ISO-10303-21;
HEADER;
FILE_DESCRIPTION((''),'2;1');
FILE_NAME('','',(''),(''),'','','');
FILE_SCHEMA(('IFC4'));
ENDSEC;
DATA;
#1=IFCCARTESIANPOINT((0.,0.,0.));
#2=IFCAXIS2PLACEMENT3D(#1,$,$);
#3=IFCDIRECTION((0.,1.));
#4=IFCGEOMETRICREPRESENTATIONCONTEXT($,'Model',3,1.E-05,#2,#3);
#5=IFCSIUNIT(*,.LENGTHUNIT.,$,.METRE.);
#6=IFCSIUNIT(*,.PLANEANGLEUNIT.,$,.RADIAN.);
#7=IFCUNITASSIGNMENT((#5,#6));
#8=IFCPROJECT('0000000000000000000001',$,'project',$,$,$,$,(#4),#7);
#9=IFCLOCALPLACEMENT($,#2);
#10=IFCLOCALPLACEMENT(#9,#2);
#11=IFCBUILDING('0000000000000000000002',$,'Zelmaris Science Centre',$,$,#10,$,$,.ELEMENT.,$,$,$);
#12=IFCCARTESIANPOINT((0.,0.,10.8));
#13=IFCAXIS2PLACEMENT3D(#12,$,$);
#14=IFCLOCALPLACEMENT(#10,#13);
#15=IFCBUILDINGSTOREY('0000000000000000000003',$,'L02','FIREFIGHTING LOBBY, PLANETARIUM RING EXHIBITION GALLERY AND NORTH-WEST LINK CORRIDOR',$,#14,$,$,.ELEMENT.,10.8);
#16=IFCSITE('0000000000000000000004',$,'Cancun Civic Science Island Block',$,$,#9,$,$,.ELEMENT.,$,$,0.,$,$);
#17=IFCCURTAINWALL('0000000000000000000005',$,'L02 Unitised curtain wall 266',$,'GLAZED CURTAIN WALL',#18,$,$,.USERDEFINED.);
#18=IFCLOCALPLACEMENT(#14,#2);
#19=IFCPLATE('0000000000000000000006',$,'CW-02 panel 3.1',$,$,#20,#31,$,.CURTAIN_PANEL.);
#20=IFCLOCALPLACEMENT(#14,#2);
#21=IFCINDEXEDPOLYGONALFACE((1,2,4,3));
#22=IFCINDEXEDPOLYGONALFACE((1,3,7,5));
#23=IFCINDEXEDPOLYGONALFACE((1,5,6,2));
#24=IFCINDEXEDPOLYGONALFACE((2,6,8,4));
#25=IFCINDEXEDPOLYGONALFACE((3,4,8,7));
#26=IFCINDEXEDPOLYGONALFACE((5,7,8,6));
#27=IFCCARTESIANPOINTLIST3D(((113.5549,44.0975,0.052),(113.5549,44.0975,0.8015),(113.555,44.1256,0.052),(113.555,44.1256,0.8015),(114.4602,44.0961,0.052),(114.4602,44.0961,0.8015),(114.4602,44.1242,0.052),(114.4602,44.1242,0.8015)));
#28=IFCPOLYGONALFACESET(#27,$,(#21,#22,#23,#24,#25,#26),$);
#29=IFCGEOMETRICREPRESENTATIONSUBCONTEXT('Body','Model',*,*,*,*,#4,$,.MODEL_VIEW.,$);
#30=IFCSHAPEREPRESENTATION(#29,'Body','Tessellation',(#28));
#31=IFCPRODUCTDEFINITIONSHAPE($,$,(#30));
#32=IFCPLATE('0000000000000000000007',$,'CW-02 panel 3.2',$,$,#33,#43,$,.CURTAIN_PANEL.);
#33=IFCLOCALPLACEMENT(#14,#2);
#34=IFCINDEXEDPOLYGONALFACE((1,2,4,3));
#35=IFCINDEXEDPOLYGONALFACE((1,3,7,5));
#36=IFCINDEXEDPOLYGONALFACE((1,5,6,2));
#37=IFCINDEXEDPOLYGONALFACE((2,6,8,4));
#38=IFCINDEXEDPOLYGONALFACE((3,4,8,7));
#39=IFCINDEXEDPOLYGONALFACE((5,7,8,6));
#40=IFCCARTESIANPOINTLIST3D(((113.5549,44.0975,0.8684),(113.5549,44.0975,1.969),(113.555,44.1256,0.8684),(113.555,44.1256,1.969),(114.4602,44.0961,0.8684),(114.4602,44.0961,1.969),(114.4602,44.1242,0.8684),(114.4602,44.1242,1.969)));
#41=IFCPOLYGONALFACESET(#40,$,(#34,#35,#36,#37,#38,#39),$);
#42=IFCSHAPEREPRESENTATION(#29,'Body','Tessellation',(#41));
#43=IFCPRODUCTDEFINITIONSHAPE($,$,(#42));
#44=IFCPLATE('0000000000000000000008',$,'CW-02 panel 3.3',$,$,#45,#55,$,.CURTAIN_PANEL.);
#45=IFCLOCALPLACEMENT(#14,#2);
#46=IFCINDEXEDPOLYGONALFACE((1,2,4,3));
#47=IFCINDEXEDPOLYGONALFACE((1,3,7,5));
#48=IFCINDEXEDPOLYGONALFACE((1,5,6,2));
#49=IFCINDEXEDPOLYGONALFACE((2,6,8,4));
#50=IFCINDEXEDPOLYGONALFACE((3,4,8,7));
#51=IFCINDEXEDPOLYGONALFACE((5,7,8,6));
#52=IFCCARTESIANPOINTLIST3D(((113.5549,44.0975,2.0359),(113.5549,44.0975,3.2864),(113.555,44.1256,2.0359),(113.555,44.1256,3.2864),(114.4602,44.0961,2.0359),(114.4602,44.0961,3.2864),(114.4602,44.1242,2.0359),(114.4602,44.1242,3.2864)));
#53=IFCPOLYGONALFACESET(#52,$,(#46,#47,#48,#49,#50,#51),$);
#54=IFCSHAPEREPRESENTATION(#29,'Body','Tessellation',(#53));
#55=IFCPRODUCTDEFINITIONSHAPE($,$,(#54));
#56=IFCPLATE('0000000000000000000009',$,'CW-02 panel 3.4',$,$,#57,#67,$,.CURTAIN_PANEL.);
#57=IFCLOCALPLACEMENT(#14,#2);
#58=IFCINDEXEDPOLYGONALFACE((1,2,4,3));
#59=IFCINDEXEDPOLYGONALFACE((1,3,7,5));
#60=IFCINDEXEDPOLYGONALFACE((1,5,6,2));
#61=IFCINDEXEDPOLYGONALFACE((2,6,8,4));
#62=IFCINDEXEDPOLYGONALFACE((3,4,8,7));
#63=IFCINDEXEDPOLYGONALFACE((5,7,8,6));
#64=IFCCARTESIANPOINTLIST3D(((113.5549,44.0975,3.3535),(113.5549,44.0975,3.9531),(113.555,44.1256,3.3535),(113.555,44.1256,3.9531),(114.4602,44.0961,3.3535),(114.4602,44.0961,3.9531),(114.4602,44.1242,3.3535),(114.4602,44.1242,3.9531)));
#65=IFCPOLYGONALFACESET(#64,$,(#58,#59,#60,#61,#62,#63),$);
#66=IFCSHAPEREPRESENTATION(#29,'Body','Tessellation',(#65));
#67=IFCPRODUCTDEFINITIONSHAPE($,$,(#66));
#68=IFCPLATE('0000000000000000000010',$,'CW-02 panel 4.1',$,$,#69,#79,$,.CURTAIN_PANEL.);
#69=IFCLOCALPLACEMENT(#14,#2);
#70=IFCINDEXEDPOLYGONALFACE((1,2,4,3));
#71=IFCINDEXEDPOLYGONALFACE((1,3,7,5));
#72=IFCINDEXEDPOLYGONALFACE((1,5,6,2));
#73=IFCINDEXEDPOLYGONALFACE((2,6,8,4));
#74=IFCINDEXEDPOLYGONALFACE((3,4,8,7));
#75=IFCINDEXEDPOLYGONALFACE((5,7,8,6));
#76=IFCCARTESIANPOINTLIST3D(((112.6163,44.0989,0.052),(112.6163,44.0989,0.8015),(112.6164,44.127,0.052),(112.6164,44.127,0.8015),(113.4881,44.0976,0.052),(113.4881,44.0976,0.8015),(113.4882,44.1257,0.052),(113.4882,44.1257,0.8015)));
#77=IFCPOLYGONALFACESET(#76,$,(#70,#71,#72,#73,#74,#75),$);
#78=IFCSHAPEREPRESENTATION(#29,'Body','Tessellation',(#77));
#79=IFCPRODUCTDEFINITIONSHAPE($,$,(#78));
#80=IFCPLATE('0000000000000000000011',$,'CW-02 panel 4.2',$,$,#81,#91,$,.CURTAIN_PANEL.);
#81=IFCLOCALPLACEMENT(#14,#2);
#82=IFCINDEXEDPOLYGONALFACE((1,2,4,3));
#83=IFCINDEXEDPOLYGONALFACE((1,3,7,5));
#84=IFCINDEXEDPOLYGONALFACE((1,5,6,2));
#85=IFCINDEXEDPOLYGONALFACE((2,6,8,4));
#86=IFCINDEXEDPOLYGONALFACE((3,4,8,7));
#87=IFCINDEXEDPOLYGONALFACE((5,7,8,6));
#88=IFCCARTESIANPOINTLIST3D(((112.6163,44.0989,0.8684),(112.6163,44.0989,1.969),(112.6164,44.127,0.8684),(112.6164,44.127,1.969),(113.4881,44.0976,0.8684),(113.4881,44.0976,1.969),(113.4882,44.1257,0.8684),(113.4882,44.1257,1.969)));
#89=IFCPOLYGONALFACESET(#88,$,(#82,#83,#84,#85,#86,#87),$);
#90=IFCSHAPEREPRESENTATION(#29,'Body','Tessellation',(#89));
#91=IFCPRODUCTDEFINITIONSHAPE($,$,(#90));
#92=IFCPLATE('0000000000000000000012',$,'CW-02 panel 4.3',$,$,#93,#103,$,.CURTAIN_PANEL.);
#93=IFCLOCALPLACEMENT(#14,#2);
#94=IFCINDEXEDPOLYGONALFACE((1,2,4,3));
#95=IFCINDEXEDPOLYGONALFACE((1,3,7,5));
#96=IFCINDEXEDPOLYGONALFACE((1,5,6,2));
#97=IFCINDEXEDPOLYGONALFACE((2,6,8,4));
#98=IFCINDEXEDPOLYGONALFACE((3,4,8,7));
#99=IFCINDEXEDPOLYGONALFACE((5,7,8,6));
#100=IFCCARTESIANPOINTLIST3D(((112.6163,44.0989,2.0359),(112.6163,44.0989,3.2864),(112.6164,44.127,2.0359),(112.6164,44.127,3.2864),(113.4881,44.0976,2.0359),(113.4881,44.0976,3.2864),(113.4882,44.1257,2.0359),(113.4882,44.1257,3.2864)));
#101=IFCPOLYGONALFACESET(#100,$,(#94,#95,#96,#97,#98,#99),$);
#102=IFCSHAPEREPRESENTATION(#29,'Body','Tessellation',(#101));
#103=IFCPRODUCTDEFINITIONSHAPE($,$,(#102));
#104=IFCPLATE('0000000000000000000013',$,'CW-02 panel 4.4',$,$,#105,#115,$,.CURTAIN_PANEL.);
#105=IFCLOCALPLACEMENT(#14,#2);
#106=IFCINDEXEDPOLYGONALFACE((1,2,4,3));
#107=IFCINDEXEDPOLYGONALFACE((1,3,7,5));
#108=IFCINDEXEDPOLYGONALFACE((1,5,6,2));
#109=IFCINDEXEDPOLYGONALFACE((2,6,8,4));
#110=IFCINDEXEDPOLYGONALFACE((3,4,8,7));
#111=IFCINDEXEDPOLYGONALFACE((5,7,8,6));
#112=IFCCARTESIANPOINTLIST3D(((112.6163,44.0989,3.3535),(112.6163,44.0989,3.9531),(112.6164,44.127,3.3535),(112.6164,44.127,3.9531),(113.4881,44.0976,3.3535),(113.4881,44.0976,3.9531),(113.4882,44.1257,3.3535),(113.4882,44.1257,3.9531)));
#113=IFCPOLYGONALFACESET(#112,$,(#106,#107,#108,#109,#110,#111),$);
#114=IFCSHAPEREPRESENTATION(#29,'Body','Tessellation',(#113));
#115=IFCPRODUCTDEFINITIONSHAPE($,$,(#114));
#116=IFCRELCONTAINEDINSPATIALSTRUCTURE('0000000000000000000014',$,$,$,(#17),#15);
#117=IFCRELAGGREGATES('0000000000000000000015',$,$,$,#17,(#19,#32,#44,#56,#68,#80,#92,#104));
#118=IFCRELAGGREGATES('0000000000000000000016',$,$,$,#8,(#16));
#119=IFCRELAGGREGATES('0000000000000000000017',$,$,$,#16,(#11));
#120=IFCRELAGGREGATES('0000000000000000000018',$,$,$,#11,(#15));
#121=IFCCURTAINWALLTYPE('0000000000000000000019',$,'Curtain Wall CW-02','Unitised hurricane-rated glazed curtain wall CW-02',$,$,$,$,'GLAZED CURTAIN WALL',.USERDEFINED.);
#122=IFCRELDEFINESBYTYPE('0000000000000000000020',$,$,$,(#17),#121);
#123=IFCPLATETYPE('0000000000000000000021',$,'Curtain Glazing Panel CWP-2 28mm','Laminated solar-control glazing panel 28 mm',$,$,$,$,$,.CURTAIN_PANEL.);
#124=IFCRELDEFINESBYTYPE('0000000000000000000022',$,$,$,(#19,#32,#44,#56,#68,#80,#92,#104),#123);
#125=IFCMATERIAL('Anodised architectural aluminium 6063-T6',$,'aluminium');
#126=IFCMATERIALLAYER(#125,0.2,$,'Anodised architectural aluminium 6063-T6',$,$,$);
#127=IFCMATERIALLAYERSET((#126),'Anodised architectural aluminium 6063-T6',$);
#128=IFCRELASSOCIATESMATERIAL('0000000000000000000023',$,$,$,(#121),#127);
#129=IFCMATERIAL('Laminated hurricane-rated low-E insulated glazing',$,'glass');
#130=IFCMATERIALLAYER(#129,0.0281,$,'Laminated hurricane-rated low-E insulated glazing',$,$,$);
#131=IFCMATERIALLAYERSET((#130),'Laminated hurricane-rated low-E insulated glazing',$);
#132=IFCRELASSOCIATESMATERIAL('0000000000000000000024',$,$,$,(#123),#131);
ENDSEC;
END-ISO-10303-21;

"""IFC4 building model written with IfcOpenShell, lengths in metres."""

from ifc_helpers import new_model, si_unit, direction, frame, origin, origin_2d, place, context, subcontext, project, spatial, rectangle, extrude, material, layer, layer_set, type_object, element, aggregate, save


model = new_model("IFC4")

# Units and contexts
model_context = context("Model", 3, precision=1e-05, world=origin(), true_north=direction((0.0, 1.0)))
body_context = subcontext(model_context, "Body", "Model", "MODEL_VIEW")
ifc_project = project(units=[si_unit("LENGTHUNIT", "METRE"), si_unit("PLANEANGLEUNIT", "RADIAN")], contexts=[model_context])

# Site, building, storey
site_placement = place(None, origin())
site = spatial("IfcSite", under=ifc_project, at=site_placement, Name="Cancun Civic Science Island Block", CompositionType="ELEMENT", RefElevation=0.0)
building_placement = place(site_placement, origin())
building = spatial("IfcBuilding", under=site, at=building_placement, Name="Zelmaris Science Centre", CompositionType="ELEMENT")
storey_placement = place(building_placement, frame((0.0, 0.0, 10.8)))
storey = spatial("IfcBuildingStorey", under=building, at=storey_placement, Name="L02", Description="FIREFIGHTING LOBBY, PLANETARIUM RING EXHIBITION GALLERY AND NORTH-WEST LINK CORRIDOR", CompositionType="ELEMENT", Elevation=10.8)

# Curtain wall
ifc_material_1 = material(Name="Anodised architectural aluminium 6063-T6", Category="aluminium")
ifc_layer_1 = layer(ifc_material_1, 0.2, Name="Anodised architectural aluminium 6063-T6")
ifc_layer_set_1 = layer_set([ifc_layer_1], Name="Anodised architectural aluminium 6063-T6")
curtain_wall_type = type_object("IfcCurtainWallType", Name="Curtain Wall CW-02", Description="Unitised hurricane-rated glazed curtain wall CW-02", ElementType="GLAZED CURTAIN WALL", PredefinedType="USERDEFINED", material=ifc_layer_set_1)
curtain_wall_placement = place(storey_placement, origin())
curtain_wall = element("IfcCurtainWall", 1, at=curtain_wall_placement, inside=storey, type_object=curtain_wall_type, Name="L02 Unitised curtain wall 266", ObjectType="GLAZED CURTAIN WALL", PredefinedType="USERDEFINED")

# Plates
ifc_material_2 = material(Name="Laminated hurricane-rated low-E insulated glazing", Category="glass")
ifc_layer_2 = layer(ifc_material_2, 0.0281, Name="Laminated hurricane-rated low-E insulated glazing")
ifc_layer_set_2 = layer_set([ifc_layer_2], Name="Laminated hurricane-rated low-E insulated glazing")
plate_type = type_object("IfcPlateType", Name="Curtain Glazing Panel CWP-2 28mm", Description="Laminated solar-control glazing panel 28 mm", PredefinedType="CURTAIN_PANEL", material=ifc_layer_set_2)
plate_1_placement = place(storey_placement, frame((114.0076, 44.1108, 0.052), z_axis=(0.0, 0.0, 1.0), x_axis=(-0.999999, 0.001517, 0.0)))
plate_1 = element("IfcPlate", 2, at=plate_1_placement, type_object=plate_type, Name="CW-02 panel 3.1", PredefinedType="CURTAIN_PANEL", context=body_context, shape_type="SweptSolid", body=[
    extrude(rectangle(XDim=0.9053, YDim=0.0281, at=origin_2d()), origin(), (0.0, 0.0, 1.0), 0.7495),
])
plate_2_placement = place(storey_placement, frame((114.0076, 44.1108, 0.8684), z_axis=(0.0, 0.0, 1.0), x_axis=(-0.999999, 0.001517, 0.0)))
plate_2 = element("IfcPlate", 3, at=plate_2_placement, type_object=plate_type, Name="CW-02 panel 3.2", PredefinedType="CURTAIN_PANEL", context=body_context, shape_type="SweptSolid", body=[
    extrude(rectangle(XDim=0.9053, YDim=0.0281, at=origin_2d()), origin(), (0.0, 0.0, 1.0), 1.1006),
])
plate_3_placement = place(storey_placement, frame((114.0076, 44.1108, 2.0359), z_axis=(0.0, 0.0, 1.0), x_axis=(-0.999999, 0.001517, 0.0)))
plate_3 = element("IfcPlate", 4, at=plate_3_placement, type_object=plate_type, Name="CW-02 panel 3.3", PredefinedType="CURTAIN_PANEL", context=body_context, shape_type="SweptSolid", body=[
    extrude(rectangle(XDim=0.9053, YDim=0.0281, at=origin_2d()), origin(), (0.0, 0.0, 1.0), 1.2505),
])
plate_4_placement = place(storey_placement, frame((114.0076, 44.1108, 3.3535), z_axis=(0.0, 0.0, 1.0), x_axis=(-0.999999, 0.001517, 0.0)))
plate_4 = element("IfcPlate", 5, at=plate_4_placement, type_object=plate_type, Name="CW-02 panel 3.4", PredefinedType="CURTAIN_PANEL", context=body_context, shape_type="SweptSolid", body=[
    extrude(rectangle(XDim=0.9053, YDim=0.0281, at=origin_2d()), origin(), (0.0, 0.0, 1.0), 0.5996),
])
plate_5_placement = place(storey_placement, frame((113.0522, 44.1123, 0.052), z_axis=(0.0, 0.0, 1.0), x_axis=(-0.999999, 0.001517, 0.0)))
plate_5 = element("IfcPlate", 6, at=plate_5_placement, type_object=plate_type, Name="CW-02 panel 4.1", PredefinedType="CURTAIN_PANEL", context=body_context, shape_type="SweptSolid", body=[
    extrude(rectangle(XDim=0.8718, YDim=0.0281, at=origin_2d()), origin(), (0.0, 0.0, 1.0), 0.7495),
])
plate_6_placement = place(storey_placement, frame((113.0522, 44.1123, 0.8684), z_axis=(0.0, 0.0, 1.0), x_axis=(-0.999999, 0.001517, 0.0)))
plate_6 = element("IfcPlate", 7, at=plate_6_placement, type_object=plate_type, Name="CW-02 panel 4.2", PredefinedType="CURTAIN_PANEL", context=body_context, shape_type="SweptSolid", body=[
    extrude(rectangle(XDim=0.8718, YDim=0.0281, at=origin_2d()), origin(), (0.0, 0.0, 1.0), 1.1006),
])
plate_7_placement = place(storey_placement, frame((113.0522, 44.1123, 2.0359), z_axis=(0.0, 0.0, 1.0), x_axis=(-0.999999, 0.001517, 0.0)))
plate_7 = element("IfcPlate", 8, at=plate_7_placement, type_object=plate_type, Name="CW-02 panel 4.3", PredefinedType="CURTAIN_PANEL", context=body_context, shape_type="SweptSolid", body=[
    extrude(rectangle(XDim=0.8718, YDim=0.0281, at=origin_2d()), origin(), (0.0, 0.0, 1.0), 1.2505),
])
plate_8_placement = place(storey_placement, frame((113.0522, 44.1123, 3.3535), z_axis=(0.0, 0.0, 1.0), x_axis=(-0.999999, 0.001517, 0.0)))
plate_8 = element("IfcPlate", 9, at=plate_8_placement, type_object=plate_type, Name="CW-02 panel 4.4", PredefinedType="CURTAIN_PANEL", context=body_context, shape_type="SweptSolid", body=[
    extrude(rectangle(XDim=0.8718, YDim=0.0281, at=origin_2d()), origin(), (0.0, 0.0, 1.0), 0.5996),
])
aggregate(curtain_wall, [plate_1, plate_2, plate_3, plate_4, plate_5, plate_6, plate_7, plate_8])

save(model, "model.ifc")
